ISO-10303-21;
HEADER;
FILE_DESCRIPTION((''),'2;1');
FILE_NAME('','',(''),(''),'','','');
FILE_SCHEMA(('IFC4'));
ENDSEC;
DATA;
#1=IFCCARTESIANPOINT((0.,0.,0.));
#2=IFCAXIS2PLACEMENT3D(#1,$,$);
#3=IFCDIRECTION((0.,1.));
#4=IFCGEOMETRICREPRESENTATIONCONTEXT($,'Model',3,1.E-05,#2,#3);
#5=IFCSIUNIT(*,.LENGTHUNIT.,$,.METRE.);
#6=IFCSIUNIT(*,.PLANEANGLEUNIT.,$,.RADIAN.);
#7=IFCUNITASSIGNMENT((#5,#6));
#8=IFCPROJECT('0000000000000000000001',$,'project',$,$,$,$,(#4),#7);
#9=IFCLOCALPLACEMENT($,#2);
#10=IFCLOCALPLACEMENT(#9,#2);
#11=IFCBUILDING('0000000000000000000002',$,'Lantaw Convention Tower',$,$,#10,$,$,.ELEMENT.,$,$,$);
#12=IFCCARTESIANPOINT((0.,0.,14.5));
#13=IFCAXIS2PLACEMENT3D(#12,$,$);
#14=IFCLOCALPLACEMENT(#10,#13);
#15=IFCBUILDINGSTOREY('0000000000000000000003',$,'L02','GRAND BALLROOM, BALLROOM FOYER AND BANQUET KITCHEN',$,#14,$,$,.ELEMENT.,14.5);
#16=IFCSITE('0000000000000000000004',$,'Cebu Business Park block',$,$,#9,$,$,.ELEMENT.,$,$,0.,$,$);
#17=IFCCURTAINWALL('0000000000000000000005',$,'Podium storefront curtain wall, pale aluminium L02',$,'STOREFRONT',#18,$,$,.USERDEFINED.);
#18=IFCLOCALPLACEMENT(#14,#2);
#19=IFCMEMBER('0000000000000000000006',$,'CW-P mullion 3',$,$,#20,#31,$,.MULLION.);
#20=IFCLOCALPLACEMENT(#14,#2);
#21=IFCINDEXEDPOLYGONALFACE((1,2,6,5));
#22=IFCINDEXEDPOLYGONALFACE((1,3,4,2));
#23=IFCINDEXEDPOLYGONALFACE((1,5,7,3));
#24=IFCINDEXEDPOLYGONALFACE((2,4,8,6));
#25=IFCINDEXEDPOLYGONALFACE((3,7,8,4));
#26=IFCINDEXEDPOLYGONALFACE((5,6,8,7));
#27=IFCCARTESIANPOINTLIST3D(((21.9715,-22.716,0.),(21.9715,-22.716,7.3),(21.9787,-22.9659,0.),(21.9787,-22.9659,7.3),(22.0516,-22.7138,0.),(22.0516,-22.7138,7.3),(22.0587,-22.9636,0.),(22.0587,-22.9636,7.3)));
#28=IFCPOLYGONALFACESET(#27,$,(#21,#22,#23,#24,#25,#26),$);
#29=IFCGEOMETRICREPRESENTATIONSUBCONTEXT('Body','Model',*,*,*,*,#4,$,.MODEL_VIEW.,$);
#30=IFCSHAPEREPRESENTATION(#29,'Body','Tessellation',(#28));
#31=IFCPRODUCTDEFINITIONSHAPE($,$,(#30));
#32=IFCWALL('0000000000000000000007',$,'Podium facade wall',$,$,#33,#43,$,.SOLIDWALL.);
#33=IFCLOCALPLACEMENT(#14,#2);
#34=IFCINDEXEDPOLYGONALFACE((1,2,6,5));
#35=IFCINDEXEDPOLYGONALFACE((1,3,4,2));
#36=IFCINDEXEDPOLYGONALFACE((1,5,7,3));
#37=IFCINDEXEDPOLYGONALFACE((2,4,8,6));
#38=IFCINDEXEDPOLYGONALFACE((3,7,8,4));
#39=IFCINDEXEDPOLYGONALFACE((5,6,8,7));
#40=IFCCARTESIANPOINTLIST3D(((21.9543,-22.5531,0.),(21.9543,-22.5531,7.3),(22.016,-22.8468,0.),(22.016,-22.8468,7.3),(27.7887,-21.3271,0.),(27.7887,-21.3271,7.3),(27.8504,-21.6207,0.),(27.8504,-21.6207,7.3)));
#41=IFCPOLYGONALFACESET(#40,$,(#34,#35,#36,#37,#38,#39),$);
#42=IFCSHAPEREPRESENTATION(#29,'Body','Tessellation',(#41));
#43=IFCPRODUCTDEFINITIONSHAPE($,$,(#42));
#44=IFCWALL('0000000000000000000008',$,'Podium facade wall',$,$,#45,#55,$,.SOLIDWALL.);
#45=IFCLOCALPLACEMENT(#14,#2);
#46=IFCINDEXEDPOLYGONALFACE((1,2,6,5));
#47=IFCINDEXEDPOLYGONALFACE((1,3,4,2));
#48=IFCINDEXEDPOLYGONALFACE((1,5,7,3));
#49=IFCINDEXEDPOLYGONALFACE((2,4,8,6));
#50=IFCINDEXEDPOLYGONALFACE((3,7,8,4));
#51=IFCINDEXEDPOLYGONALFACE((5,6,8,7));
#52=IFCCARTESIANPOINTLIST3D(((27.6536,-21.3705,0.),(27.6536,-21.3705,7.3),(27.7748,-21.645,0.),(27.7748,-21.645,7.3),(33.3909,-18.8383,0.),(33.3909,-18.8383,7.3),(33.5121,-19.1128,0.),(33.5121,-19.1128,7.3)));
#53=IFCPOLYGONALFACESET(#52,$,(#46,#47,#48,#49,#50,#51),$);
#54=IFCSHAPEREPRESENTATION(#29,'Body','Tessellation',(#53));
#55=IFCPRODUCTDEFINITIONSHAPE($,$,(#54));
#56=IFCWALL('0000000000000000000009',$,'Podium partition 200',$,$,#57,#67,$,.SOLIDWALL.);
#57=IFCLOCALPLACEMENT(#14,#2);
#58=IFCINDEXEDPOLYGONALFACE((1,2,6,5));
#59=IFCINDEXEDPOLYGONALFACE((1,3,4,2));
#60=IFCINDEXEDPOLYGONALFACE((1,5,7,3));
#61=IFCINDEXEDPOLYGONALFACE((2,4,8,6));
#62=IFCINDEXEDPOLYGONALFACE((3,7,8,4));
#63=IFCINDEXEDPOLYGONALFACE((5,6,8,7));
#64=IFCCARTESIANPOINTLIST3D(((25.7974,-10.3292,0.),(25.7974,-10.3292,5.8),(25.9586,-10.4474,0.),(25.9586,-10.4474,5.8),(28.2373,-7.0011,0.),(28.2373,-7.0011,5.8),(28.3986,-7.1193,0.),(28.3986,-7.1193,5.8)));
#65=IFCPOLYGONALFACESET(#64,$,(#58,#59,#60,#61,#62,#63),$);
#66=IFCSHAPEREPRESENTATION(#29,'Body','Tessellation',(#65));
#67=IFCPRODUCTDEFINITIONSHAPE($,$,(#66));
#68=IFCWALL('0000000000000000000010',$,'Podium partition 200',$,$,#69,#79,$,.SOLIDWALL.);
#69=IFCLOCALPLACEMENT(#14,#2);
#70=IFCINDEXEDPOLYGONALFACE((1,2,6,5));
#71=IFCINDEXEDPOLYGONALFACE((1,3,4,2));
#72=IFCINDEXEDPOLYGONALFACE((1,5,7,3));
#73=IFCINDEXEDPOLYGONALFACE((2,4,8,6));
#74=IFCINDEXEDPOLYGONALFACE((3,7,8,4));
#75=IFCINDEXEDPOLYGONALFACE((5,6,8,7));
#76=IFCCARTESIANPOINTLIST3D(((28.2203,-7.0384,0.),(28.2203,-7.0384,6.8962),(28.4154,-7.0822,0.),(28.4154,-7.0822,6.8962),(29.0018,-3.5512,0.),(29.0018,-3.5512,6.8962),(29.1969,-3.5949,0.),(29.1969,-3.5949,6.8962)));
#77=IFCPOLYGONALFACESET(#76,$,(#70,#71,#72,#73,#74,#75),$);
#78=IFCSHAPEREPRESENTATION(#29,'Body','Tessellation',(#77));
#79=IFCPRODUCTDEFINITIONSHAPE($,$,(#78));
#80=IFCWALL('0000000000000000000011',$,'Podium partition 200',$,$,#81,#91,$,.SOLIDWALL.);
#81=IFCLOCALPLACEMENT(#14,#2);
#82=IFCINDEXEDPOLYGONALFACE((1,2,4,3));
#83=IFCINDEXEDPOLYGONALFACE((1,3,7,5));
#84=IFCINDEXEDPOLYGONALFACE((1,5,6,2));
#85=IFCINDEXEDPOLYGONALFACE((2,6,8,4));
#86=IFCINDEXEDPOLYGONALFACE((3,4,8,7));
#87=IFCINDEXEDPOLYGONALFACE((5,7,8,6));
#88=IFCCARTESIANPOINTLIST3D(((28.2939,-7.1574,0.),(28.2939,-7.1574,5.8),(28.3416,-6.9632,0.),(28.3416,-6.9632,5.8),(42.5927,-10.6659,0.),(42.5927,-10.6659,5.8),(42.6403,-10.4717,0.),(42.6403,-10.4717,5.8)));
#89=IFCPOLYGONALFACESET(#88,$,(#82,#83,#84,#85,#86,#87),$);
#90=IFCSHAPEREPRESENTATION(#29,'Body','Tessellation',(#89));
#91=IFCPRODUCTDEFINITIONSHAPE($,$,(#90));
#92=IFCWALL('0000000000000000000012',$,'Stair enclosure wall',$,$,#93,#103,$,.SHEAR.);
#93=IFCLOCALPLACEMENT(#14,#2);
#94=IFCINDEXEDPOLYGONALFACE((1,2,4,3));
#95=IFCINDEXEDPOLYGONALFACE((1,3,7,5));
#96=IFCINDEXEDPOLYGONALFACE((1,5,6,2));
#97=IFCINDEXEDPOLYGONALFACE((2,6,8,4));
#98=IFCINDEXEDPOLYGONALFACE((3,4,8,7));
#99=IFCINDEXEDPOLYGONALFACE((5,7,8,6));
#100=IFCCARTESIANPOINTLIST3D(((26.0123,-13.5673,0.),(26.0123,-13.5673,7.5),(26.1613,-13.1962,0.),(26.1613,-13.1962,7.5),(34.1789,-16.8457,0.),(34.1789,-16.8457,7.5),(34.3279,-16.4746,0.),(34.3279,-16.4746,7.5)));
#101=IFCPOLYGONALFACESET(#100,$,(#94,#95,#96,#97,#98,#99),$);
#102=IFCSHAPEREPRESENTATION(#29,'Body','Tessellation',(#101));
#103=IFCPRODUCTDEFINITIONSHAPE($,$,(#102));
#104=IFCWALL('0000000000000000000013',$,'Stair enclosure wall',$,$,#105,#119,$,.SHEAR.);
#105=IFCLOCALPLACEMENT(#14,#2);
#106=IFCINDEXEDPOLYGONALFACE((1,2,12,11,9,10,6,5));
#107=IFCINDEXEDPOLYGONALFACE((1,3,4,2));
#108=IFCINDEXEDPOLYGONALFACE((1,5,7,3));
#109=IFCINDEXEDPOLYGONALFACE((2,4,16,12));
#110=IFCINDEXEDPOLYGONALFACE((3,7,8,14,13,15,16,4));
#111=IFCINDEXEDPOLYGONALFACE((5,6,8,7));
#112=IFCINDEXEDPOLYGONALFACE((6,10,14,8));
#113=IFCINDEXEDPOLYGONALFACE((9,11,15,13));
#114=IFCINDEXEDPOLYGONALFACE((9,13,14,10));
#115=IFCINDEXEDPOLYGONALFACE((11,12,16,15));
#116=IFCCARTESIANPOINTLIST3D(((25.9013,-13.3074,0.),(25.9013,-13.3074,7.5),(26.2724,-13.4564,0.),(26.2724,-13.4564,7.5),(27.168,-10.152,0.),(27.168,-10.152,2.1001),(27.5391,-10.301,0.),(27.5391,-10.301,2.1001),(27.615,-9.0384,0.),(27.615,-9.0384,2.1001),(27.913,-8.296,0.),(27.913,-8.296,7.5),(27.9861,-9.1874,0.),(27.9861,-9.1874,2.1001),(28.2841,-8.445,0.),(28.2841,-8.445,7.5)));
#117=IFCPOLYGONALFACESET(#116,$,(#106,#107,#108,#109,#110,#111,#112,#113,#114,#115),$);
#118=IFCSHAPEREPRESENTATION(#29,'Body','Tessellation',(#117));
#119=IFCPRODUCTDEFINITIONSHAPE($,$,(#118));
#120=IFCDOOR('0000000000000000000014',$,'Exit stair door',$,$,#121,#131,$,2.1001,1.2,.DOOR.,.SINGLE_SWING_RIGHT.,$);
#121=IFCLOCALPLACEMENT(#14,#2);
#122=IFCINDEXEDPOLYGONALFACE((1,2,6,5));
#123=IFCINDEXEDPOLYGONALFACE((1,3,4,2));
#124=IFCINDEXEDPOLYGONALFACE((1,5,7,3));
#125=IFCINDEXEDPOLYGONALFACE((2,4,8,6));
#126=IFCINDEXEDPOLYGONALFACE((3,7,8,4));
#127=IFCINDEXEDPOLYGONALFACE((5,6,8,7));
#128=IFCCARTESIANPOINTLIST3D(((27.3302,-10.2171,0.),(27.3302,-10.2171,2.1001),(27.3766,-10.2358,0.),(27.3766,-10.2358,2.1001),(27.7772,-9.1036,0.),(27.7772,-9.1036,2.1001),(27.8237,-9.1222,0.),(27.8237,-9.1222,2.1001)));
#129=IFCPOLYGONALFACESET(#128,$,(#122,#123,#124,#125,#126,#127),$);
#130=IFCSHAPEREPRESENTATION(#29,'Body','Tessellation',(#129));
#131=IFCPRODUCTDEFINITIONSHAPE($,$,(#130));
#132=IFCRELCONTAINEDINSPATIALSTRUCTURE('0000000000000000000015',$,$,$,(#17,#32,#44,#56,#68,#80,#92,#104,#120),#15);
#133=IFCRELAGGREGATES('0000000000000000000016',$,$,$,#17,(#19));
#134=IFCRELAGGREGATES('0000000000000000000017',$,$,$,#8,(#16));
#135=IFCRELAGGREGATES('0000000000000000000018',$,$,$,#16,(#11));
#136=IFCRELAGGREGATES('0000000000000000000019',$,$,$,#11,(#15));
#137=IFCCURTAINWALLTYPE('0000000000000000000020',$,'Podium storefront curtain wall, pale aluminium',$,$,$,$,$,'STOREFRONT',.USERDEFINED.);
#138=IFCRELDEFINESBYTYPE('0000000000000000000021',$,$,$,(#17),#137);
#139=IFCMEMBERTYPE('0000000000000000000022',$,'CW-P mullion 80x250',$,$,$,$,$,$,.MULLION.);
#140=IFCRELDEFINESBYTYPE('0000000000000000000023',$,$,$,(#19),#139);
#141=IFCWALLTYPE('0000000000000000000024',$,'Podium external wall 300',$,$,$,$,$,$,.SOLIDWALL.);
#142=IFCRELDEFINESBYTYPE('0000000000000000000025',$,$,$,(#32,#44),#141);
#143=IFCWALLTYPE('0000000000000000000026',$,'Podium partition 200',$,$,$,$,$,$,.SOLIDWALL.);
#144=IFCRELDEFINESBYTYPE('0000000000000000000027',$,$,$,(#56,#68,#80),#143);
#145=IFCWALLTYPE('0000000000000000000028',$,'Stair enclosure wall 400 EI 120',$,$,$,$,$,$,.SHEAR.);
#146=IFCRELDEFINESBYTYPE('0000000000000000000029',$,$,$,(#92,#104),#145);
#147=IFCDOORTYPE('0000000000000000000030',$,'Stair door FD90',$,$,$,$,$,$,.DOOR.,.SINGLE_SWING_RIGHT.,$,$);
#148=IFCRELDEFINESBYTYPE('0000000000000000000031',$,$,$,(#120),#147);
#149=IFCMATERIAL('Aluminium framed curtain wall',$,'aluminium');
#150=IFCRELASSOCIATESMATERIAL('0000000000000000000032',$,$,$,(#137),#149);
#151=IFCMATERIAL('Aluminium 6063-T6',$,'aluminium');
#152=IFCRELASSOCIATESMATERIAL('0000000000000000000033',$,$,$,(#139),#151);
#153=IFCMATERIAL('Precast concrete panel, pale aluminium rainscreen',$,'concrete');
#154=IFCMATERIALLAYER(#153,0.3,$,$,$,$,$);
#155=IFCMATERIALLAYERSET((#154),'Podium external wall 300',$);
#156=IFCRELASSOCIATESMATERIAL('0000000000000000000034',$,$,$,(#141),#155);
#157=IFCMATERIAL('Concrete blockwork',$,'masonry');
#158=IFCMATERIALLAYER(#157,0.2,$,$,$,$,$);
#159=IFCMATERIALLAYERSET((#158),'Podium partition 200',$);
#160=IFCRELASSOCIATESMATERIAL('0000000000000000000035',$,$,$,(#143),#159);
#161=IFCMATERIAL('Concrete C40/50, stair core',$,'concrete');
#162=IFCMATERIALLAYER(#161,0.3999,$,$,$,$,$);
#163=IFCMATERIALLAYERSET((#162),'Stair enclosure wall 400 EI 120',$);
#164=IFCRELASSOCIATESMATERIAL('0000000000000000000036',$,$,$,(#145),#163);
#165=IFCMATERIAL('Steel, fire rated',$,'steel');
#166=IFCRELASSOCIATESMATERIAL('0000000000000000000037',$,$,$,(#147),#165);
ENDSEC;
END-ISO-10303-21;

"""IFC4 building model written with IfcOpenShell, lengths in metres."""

from ifc_helpers import new_model, si_unit, direction, frame, frame_2d, origin, origin_2d, place, context, subcontext, project, spatial, rectangle, extrude, material, layer, layer_set, material_profile, profile_set, type_object, element, fill, aggregate, save


model = new_model("IFC4")

# Units and contexts
model_context = context("Model", 3, precision=1e-05, world=origin(), true_north=direction((0.0, 1.0)))
body_context = subcontext(model_context, "Body", "Model", "MODEL_VIEW")
ifc_project = project(units=[si_unit("LENGTHUNIT", "METRE"), si_unit("PLANEANGLEUNIT", "RADIAN")], contexts=[model_context])

# Site, building, storey
site_placement = place(None, origin())
site = spatial("IfcSite", under=ifc_project, at=site_placement, Name="Cebu Business Park block", CompositionType="ELEMENT", RefElevation=0.0)
building_placement = place(site_placement, origin())
building = spatial("IfcBuilding", under=site, at=building_placement, Name="Lantaw Convention Tower", CompositionType="ELEMENT")
storey_placement = place(building_placement, frame((0.0, 0.0, 14.5)))
storey = spatial("IfcBuildingStorey", under=building, at=storey_placement, Name="L02", Description="GRAND BALLROOM, BALLROOM FOYER AND BANQUET KITCHEN", CompositionType="ELEMENT", Elevation=14.5)

# Curtain wall, member
ifc_material_1 = material(Name="Aluminium framed curtain wall", Category="aluminium")
curtain_wall_type = type_object("IfcCurtainWallType", Name="Podium storefront curtain wall, pale aluminium", ElementType="STOREFRONT", PredefinedType="USERDEFINED", material=ifc_material_1)
curtain_wall_placement = place(storey_placement, origin())
curtain_wall = element("IfcCurtainWall", 1, at=curtain_wall_placement, inside=storey, type_object=curtain_wall_type, Name="Podium storefront curtain wall, pale aluminium L02", ObjectType="STOREFRONT", PredefinedType="USERDEFINED")
ifc_material_2 = material(Name="Aluminium 6063-T6", Category="aluminium")
ifc_material_profile_1 = material_profile(ifc_material_2, rectangle(XDim=0.25, YDim=0.0801, at=origin_2d()), Name="CW-P mullion 80x250")
ifc_profile_set_1 = profile_set([ifc_material_profile_1], Name="Aluminium 6063-T6")
member_type = type_object("IfcMemberType", Name="CW-P mullion 80x250", PredefinedType="MULLION", material=ifc_profile_set_1)
member_placement = place(storey_placement, frame((22.0151, -22.8398, 0.0), z_axis=(0.0, 0.0, 1.0), x_axis=(-0.028552, 0.999592, 0.0)))
member = element("IfcMember", 2, at=member_placement, type_object=member_type, Name="CW-P mullion 3", PredefinedType="MULLION", context=body_context, shape_type="SweptSolid", body=[
    extrude(rectangle(XDim=0.25, YDim=0.0801, at=origin_2d()), origin(), (0.0, 0.0, 1.0), 7.3),
])
aggregate(curtain_wall, [member])

# Walls
ifc_material_3 = material(Name="Precast concrete panel, pale aluminium rainscreen", Category="concrete")
ifc_layer_1 = layer(ifc_material_3, 0.3)
ifc_layer_set_1 = layer_set([ifc_layer_1], Name="Podium external wall 300")
wall_type_1 = type_object("IfcWallType", Name="Podium external wall 300", PredefinedType="SOLIDWALL", material=ifc_layer_set_1)
wall_1_placement = place(storey_placement, frame((21.9851, -22.7, 0.0), z_axis=(0.0, 0.0, 1.0), x_axis=(0.978625, 0.205651, 0.0)))
element("IfcWall", 3, at=wall_1_placement, inside=storey, type_object=wall_type_1, Name="Podium facade wall", PredefinedType="SOLIDWALL", context=body_context, shape_type="SweptSolid", body=[
    extrude(rectangle(XDim=5.9619, YDim=0.3, at=frame_2d((2.981, 0.0))), origin(), (0.0, 0.0, 1.0), 7.3),
])
wall_2_placement = place(storey_placement, frame((27.7141, -21.5078, 0.0), z_axis=(0.0, 0.0, 1.0), x_axis=(0.914855, 0.403782, 0.0)))
element("IfcWall", 4, at=wall_2_placement, inside=storey, type_object=wall_type_1, Name="Podium facade wall", PredefinedType="SOLIDWALL", context=body_context, shape_type="SweptSolid", body=[
    extrude(rectangle(XDim=6.2712, YDim=0.3, at=frame_2d((3.1357, 0.0))), origin(), (0.0, 0.0, 1.0), 7.3),
])

# Shared definitions
ifc_material_4 = material(Name="Concrete blockwork", Category="masonry")
ifc_layer_2 = layer(ifc_material_4, 0.2)
ifc_layer_set_2 = layer_set([ifc_layer_2], Name="Podium partition 200")
wall_type_2 = type_object("IfcWallType", Name="Podium partition 200", PredefinedType="SOLIDWALL", material=ifc_layer_set_2)

# Walls
wall_3_placement = place(storey_placement, frame((25.8779, -10.3884, 0.0), z_axis=(0.0, 0.0, 1.0), x_axis=(0.591256, 0.806484, 0.0)))
element("IfcWall", 5, at=wall_3_placement, inside=storey, type_object=wall_type_2, Name="Podium partition 200", PredefinedType="SOLIDWALL", context=body_context, shape_type="SweptSolid", body=[
    extrude(rectangle(XDim=4.1267, YDim=0.2, at=frame_2d((2.0635, 0.0))), origin(), (0.0, 0.0, 1.0), 5.8),
])
wall_4_placement = place(storey_placement, frame((28.3179, -7.0603, 0.0), z_axis=(0.0, 0.0, 1.0), x_axis=(0.218673, 0.975798, 0.0)))
element("IfcWall", 6, at=wall_4_placement, inside=storey, type_object=wall_type_2, Name="Podium partition 200", PredefinedType="SOLIDWALL", context=body_context, shape_type="SweptSolid", body=[
    extrude(rectangle(XDim=3.5737, YDim=0.2, at=frame_2d((1.7869, 0.0))), origin(), (0.0, 0.0, 1.0), 6.8962),
])
wall_5_placement = place(storey_placement, frame((28.3179, -7.0603, 0.0), z_axis=(0.0, 0.0, 1.0), x_axis=(0.971191, -0.238304, 0.0)))
element("IfcWall", 7, at=wall_5_placement, inside=storey, type_object=wall_type_2, Name="Podium partition 200", PredefinedType="SOLIDWALL", context=body_context, shape_type="SweptSolid", body=[
    extrude(rectangle(XDim=14.7229, YDim=0.2, at=frame_2d((7.3613, 0.0))), origin(), (0.0, 0.0, 1.0), 5.8),
])
ifc_material_5 = material(Name="Concrete C40/50, stair core", Category="concrete")
ifc_layer_3 = layer(ifc_material_5, 0.3999)
ifc_layer_set_3 = layer_set([ifc_layer_3], Name="Stair enclosure wall 400 EI 120")
wall_type_3 = type_object("IfcWallType", Name="Stair enclosure wall 400 EI 120", PredefinedType="SHEAR", material=ifc_layer_set_3)
wall_6_placement = place(storey_placement, frame((26.0869, -13.3818, 0.0), z_axis=(0.0, 0.0, 1.0), x_axis=(0.928017, -0.372538, 0.0)))
element("IfcWall", 8, at=wall_6_placement, inside=storey, type_object=wall_type_3, Name="Stair enclosure wall", PredefinedType="SHEAR", context=body_context, shape_type="SweptSolid", body=[
    extrude(rectangle(XDim=8.8, YDim=0.3999, at=frame_2d((4.3999, 0.0))), origin(), (0.0, 0.0, 1.0), 7.5),
])

# Wall, opening, door
wall_7_placement = place(storey_placement, frame((28.0986, -8.3704, 0.0), z_axis=(0.0, 0.0, 1.0), x_axis=(-0.372528, -0.928021, 0.0)))
wall_7 = element("IfcWall", 9, at=wall_7_placement, inside=storey, type_object=wall_type_3, Name="Stair enclosure wall", PredefinedType="SHEAR", context=body_context, shape_type="SweptSolid", body=[
    extrude(rectangle(XDim=5.4001, YDim=0.3999, at=frame_2d((2.7002, 0.0))), origin(), (0.0, 0.0, 1.0), 7.5),
])
opening_1_placement = place(wall_7_placement, frame((0.8, 0.0, 0.0)))
opening_1 = element("IfcOpeningElement", 10, at=opening_1_placement, cuts=wall_7, PredefinedType="OPENING", context=body_context, shape_type="SweptSolid", body=[
    extrude(rectangle(XDim=1.2, YDim=2.1001, at=frame_2d((0.6001, 1.05))), frame((0.0, 0.21, 0.0), z_axis=(0.0, -1.0, 0.0), x_axis=(1.0, 0.0, 0.0)), (0.0, 0.0, 1.0), 0.4199),
])
ifc_material_6 = material(Name="Steel, fire rated", Category="steel")
door_type_1 = type_object("IfcDoorType", Name="Stair door FD90", OperationType="SINGLE_SWING_RIGHT", PredefinedType="DOOR", material=ifc_material_6)
door_1_placement = place(opening_1_placement, origin())
door_1 = element("IfcDoor", 11, at=door_1_placement, inside=storey, type_object=door_type_1, Name="Exit stair door", OperationType="SINGLE_SWING_RIGHT", OverallHeight=2.1001, OverallWidth=1.2, PredefinedType="DOOR", context=body_context, shape_type="SweptSolid", body=[
    extrude(rectangle(XDim=1.2, YDim=2.1001, at=frame_2d((0.6001, 1.05))), frame((0.0, 0.0249, 0.0), z_axis=(0.0, -1.0, 0.0), x_axis=(1.0, 0.0, 0.0)), (0.0, 0.0, 1.0), 0.05),
])
fill(opening_1, door_1)

save(model, "model.ifc")
